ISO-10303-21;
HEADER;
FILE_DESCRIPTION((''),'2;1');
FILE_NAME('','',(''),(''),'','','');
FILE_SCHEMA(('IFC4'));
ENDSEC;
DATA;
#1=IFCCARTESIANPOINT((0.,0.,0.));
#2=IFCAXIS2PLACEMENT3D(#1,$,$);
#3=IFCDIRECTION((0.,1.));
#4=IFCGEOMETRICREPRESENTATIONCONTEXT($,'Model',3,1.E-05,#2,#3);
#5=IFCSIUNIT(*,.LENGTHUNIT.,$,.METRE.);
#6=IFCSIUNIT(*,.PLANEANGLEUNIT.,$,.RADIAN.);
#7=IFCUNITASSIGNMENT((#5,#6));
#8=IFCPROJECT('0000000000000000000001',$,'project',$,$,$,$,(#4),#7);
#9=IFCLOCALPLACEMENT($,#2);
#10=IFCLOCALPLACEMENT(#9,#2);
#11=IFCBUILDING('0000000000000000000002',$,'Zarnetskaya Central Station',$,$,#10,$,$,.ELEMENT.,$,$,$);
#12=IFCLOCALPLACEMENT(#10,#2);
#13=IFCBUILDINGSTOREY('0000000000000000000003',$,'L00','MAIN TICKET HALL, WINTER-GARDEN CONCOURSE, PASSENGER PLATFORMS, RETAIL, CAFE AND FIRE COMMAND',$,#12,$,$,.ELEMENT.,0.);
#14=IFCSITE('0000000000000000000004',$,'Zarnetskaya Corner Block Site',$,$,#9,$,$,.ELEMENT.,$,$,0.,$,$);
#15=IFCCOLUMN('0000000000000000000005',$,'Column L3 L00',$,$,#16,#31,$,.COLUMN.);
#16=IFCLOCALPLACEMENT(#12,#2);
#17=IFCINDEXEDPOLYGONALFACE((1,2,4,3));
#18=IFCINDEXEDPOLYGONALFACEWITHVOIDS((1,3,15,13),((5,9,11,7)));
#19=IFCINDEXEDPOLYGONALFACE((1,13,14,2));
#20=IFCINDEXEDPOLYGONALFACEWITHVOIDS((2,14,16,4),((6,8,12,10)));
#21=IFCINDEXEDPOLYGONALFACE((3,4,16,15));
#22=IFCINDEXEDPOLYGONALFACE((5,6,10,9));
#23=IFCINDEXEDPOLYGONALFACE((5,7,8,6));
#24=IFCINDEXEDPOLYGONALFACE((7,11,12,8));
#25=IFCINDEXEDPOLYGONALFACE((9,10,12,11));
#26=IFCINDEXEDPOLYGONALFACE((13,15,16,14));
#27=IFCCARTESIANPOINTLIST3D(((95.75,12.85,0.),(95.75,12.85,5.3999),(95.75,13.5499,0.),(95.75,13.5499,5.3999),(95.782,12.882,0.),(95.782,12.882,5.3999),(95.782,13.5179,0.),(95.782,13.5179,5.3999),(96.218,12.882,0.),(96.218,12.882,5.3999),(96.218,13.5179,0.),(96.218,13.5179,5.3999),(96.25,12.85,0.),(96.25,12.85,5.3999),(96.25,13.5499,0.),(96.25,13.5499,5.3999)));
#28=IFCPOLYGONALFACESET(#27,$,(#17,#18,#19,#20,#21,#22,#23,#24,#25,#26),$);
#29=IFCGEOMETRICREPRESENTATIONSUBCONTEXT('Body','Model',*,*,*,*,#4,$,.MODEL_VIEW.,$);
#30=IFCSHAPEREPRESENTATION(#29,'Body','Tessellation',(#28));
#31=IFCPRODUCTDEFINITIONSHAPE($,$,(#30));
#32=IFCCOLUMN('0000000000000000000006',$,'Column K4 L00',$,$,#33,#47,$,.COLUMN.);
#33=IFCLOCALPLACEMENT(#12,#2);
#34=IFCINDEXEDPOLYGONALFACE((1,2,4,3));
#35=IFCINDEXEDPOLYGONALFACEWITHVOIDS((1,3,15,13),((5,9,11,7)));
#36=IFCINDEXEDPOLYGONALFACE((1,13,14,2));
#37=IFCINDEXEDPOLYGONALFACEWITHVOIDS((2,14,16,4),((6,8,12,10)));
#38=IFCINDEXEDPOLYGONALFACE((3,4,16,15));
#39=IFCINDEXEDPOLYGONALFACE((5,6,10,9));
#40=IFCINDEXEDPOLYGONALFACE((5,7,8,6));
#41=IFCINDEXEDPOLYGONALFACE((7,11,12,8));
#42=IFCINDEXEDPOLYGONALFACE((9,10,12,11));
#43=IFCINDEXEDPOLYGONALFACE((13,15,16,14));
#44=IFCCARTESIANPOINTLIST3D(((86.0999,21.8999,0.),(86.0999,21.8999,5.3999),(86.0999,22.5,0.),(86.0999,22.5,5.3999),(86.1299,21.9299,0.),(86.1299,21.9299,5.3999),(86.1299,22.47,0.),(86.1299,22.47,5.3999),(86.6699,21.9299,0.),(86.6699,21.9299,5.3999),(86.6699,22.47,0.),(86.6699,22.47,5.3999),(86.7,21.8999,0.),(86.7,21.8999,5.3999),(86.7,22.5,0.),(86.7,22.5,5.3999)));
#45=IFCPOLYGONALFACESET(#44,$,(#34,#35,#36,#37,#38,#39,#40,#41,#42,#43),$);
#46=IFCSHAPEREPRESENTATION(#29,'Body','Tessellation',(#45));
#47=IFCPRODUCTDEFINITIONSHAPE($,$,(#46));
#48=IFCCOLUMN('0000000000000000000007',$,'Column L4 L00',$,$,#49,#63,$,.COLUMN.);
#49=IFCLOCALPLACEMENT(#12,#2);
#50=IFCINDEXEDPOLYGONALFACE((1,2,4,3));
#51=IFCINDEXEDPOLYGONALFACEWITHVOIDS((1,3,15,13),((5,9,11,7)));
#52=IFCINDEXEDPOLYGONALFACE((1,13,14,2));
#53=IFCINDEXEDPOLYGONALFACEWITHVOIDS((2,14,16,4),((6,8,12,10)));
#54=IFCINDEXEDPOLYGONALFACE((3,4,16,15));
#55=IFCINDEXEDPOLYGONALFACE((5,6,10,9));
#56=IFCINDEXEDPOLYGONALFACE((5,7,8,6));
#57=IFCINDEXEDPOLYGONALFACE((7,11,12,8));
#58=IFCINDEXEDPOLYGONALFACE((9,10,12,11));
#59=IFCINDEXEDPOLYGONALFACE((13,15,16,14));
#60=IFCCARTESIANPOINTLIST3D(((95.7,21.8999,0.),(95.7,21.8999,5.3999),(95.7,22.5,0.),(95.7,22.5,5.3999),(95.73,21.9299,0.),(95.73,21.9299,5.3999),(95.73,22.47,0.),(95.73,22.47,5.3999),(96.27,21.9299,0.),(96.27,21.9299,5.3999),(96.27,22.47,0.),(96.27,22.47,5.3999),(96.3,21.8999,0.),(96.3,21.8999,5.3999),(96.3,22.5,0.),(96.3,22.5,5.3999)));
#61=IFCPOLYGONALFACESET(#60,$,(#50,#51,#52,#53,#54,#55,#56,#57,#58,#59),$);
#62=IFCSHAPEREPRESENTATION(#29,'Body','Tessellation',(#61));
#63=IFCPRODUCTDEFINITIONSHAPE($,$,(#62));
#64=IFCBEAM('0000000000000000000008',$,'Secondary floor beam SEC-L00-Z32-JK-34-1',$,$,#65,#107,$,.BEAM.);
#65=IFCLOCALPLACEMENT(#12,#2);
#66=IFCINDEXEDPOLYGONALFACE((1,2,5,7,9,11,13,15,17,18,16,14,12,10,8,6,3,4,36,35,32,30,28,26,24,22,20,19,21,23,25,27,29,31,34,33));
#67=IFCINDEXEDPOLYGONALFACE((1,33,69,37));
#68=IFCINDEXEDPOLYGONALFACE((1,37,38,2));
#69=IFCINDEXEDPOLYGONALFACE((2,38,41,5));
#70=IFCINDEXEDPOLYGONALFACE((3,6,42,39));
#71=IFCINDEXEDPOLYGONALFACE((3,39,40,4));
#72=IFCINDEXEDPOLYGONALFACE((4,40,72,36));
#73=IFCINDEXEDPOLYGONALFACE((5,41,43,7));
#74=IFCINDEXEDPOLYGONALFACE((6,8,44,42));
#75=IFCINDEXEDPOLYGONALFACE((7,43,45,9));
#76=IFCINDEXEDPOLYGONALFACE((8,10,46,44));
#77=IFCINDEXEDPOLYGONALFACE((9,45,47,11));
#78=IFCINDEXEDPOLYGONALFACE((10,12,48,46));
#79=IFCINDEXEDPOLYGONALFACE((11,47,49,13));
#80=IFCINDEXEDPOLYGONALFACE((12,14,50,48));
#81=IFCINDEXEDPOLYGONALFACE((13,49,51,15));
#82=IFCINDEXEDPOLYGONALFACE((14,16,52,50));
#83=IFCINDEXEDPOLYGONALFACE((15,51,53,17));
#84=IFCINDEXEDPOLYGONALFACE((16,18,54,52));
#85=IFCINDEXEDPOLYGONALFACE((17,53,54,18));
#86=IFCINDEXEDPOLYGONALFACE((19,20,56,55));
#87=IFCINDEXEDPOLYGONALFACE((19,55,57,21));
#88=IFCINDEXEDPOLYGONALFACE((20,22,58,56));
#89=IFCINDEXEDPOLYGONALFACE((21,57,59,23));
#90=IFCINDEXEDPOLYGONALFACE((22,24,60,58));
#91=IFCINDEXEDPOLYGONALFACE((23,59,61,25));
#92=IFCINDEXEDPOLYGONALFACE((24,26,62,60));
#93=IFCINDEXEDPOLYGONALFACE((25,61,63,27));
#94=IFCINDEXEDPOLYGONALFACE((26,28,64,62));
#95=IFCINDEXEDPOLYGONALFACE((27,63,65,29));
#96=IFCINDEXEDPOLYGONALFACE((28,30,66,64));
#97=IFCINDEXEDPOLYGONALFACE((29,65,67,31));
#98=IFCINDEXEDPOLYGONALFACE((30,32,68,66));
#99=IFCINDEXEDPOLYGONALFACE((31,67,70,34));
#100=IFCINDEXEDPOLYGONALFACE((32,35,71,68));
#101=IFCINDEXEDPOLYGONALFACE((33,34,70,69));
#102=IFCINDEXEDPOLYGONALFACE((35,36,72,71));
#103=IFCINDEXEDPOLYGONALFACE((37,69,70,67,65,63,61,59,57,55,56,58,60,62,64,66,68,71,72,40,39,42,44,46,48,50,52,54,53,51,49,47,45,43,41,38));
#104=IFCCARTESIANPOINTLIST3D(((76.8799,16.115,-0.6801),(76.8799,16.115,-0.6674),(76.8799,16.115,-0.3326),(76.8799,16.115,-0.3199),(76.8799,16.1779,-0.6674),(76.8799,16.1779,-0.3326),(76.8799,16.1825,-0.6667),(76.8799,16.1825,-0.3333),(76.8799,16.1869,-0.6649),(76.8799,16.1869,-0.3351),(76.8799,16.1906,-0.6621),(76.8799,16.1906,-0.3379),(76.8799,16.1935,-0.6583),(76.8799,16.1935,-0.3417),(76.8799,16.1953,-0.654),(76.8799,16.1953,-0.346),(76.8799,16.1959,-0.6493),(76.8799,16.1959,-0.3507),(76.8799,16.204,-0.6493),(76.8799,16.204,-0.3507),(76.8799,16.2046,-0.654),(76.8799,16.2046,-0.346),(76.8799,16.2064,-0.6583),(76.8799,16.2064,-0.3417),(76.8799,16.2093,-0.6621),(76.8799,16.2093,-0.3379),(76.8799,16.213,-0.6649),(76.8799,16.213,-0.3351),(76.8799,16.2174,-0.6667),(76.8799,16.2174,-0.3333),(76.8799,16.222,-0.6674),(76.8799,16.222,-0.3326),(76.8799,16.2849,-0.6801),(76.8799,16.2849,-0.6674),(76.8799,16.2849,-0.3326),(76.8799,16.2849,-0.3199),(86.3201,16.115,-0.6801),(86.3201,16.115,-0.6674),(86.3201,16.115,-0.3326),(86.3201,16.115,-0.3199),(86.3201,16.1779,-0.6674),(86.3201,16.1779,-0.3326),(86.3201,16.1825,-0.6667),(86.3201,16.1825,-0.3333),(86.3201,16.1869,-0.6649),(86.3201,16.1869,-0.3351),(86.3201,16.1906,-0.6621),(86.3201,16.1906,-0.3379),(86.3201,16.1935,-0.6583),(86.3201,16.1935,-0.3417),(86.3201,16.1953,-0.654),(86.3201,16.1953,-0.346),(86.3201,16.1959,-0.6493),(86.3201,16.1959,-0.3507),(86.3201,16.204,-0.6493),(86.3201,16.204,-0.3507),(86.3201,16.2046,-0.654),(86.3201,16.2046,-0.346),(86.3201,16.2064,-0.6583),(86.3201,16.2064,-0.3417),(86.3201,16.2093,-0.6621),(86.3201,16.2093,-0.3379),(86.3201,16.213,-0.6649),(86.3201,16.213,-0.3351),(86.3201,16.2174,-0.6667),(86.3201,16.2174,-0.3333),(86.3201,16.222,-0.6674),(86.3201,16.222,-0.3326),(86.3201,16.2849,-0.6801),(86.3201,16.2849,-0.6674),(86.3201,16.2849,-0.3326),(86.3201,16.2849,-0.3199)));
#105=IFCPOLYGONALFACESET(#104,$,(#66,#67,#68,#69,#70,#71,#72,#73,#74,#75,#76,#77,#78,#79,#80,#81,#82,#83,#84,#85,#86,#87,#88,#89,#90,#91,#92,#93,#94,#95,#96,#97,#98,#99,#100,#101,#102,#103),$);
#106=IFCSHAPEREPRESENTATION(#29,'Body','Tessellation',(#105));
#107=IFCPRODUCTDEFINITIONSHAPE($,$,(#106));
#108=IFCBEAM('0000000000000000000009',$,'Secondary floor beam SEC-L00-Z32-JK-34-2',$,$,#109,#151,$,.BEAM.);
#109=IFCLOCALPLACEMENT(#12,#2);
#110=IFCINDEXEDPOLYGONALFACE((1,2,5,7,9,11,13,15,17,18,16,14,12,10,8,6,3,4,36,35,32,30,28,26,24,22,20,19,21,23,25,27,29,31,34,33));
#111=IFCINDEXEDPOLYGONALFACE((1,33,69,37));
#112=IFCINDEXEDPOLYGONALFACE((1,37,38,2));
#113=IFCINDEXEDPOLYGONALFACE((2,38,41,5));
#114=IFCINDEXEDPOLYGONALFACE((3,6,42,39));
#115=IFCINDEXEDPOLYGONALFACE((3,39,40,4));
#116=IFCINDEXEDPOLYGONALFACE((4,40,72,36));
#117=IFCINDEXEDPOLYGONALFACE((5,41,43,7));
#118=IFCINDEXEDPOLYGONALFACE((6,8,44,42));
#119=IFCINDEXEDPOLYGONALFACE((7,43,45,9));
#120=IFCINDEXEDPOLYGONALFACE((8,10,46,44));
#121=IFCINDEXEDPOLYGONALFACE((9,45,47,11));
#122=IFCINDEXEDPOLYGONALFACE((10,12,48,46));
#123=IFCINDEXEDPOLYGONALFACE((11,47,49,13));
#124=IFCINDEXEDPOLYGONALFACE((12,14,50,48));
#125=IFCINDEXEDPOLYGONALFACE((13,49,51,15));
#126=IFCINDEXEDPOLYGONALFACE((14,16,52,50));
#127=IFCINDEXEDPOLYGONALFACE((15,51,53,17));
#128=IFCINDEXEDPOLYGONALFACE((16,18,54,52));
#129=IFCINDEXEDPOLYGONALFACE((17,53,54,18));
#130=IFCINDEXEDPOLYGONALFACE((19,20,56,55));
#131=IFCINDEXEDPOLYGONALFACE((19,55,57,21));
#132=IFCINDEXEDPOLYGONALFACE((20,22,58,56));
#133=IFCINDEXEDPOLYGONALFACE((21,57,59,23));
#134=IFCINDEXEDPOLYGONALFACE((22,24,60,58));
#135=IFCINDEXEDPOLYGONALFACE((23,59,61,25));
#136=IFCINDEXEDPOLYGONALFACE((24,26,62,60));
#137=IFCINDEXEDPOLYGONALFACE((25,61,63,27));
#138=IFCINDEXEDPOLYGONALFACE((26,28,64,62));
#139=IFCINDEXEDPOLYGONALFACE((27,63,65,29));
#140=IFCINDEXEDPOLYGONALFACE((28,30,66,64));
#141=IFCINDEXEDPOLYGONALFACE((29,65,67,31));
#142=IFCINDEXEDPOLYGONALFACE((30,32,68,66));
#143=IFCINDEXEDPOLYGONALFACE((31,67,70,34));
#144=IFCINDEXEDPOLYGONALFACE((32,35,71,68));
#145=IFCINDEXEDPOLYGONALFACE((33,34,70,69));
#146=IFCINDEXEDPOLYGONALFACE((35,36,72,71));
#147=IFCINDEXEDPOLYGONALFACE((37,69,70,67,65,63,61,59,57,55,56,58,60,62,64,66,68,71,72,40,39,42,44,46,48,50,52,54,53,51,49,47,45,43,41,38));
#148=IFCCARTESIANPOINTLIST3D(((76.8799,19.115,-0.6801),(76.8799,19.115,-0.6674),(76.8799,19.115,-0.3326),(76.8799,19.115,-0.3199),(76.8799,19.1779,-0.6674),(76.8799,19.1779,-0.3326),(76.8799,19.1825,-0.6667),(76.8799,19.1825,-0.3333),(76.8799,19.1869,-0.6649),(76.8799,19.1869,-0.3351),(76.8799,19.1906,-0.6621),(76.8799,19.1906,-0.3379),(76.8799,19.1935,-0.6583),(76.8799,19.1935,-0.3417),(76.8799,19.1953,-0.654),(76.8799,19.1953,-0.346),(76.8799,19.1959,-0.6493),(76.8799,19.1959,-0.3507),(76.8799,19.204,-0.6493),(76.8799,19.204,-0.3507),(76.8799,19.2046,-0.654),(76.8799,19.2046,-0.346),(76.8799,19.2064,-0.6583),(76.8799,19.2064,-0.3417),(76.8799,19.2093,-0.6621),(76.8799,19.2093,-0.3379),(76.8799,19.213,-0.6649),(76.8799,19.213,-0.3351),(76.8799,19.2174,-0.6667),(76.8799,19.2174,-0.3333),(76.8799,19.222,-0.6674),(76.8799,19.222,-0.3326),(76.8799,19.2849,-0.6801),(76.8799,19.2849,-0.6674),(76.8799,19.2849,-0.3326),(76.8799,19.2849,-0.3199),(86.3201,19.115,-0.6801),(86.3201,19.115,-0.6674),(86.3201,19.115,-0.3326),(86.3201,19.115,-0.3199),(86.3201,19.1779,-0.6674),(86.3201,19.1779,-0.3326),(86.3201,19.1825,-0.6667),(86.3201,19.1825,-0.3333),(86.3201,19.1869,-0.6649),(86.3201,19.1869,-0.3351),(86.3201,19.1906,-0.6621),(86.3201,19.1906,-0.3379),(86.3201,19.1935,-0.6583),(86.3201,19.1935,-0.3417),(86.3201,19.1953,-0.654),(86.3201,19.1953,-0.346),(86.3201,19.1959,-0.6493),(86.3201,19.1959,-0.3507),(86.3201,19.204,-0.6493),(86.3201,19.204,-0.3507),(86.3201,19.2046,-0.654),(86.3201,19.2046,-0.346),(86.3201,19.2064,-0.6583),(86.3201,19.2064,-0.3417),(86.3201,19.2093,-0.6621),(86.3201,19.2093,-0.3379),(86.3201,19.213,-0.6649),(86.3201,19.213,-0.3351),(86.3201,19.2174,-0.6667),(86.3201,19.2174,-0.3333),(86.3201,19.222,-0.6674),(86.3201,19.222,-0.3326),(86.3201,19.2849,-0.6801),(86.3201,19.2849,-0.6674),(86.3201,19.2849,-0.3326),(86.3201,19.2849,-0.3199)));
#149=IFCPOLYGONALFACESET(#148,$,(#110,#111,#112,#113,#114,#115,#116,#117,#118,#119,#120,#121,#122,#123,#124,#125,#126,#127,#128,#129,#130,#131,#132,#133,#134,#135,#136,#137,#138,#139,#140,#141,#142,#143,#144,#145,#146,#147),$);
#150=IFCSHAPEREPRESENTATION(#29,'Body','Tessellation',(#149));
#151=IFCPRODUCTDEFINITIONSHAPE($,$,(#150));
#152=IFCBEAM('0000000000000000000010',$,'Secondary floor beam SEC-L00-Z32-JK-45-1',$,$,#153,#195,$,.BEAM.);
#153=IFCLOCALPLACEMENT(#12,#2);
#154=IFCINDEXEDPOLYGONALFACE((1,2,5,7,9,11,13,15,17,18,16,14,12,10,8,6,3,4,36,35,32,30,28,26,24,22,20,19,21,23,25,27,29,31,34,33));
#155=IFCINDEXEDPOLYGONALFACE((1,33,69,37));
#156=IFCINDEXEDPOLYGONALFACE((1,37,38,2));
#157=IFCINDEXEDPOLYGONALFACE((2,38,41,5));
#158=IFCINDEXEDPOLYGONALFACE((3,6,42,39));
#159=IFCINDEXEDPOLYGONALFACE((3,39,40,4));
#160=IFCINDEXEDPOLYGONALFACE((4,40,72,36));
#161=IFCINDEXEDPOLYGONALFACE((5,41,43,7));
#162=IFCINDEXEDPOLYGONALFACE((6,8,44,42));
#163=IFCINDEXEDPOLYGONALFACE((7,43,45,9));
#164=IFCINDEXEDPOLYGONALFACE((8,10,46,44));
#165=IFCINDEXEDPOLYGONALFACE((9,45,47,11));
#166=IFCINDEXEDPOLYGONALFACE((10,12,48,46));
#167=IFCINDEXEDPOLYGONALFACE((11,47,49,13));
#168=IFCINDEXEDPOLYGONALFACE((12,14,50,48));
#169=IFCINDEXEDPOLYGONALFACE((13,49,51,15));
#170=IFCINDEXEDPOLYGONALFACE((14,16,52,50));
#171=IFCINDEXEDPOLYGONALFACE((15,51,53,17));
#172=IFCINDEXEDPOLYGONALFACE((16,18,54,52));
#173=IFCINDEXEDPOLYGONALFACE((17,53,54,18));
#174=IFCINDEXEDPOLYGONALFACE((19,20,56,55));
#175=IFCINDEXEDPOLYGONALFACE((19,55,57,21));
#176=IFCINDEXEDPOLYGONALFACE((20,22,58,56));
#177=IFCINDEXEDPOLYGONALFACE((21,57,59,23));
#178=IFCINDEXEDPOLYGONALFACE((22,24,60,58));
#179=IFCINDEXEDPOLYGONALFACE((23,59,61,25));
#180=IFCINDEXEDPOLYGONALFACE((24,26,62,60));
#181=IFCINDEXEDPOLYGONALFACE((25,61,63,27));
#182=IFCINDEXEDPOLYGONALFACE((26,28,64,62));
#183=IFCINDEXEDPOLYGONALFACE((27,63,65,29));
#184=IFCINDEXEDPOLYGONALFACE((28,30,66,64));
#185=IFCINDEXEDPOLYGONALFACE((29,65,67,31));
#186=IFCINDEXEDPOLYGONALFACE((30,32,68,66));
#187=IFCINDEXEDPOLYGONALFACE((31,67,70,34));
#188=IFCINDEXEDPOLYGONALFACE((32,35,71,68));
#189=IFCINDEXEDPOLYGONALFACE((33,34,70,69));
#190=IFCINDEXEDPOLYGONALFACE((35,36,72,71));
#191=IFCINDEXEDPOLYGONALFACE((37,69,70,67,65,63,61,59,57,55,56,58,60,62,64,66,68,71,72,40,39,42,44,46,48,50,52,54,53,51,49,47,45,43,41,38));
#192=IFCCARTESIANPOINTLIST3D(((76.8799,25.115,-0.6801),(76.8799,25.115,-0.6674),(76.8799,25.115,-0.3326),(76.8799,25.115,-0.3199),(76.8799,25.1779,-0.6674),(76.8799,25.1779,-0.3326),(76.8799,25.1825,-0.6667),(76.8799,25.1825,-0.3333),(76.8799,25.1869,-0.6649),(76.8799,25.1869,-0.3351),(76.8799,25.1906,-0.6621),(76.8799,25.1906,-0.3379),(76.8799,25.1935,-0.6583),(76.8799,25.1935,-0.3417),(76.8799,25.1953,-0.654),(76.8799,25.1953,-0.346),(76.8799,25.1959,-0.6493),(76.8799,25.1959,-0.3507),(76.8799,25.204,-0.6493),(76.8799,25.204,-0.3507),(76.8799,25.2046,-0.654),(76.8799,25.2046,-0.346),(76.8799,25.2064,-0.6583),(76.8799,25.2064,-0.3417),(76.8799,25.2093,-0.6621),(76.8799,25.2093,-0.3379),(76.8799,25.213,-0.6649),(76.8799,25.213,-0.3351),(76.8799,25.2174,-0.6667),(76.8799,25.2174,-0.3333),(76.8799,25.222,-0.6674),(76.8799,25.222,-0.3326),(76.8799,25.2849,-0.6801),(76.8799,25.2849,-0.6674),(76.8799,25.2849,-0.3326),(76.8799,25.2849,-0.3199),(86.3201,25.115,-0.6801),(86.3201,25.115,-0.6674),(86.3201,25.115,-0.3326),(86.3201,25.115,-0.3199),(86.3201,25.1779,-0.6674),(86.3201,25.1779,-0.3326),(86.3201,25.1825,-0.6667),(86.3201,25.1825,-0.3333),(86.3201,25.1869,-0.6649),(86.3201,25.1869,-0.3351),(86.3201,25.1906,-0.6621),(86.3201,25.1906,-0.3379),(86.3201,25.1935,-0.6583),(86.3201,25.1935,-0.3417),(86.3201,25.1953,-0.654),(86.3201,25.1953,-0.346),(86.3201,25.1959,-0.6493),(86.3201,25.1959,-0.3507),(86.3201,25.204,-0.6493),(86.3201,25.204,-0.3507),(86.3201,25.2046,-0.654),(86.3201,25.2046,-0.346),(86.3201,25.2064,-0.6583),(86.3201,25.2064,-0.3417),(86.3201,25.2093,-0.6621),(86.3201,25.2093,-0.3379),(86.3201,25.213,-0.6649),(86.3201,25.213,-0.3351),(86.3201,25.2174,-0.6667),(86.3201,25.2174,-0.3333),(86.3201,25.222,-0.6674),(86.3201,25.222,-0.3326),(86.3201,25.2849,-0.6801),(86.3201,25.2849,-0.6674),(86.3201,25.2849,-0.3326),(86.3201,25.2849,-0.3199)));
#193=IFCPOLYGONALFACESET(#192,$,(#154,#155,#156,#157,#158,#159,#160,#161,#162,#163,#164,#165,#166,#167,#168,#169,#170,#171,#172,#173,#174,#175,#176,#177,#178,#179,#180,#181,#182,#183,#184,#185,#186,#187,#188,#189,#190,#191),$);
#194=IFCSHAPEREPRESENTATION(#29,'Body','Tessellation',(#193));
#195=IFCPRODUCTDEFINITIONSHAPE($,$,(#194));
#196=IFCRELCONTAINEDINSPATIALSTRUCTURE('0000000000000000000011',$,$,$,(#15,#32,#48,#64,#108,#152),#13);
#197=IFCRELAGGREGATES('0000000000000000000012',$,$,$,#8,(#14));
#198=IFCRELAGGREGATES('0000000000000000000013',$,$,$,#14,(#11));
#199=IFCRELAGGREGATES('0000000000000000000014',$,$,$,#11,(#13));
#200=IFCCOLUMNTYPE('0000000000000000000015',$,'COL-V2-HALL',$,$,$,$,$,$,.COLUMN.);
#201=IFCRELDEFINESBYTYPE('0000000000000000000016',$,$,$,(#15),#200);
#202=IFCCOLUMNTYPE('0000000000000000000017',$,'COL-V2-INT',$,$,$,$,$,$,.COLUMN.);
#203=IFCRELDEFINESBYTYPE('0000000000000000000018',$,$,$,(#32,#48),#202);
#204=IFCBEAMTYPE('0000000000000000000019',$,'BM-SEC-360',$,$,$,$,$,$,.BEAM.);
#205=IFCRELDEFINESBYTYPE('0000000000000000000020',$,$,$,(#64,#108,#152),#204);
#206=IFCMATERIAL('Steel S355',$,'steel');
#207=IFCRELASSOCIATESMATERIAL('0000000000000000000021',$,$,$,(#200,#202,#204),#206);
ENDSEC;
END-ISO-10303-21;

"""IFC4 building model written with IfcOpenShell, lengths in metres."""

from ifc_helpers import new_model, si_unit, direction, frame, origin, origin_2d, place, context, subcontext, project, spatial, hollow_rectangle, i_section, extrude, material, material_profile, profile_set, type_object, element, save


model = new_model("IFC4")

# Units and contexts
model_context = context("Model", 3, precision=1e-05, world=origin(), true_north=direction((0.0, 1.0)))
body_context = subcontext(model_context, "Body", "Model", "MODEL_VIEW")
ifc_project = project(units=[si_unit("LENGTHUNIT", "METRE"), si_unit("PLANEANGLEUNIT", "RADIAN")], contexts=[model_context])

# Site, building, storey
site_placement = place(None, origin())
site = spatial("IfcSite", under=ifc_project, at=site_placement, Name="Zarnetskaya Corner Block Site", CompositionType="ELEMENT", RefElevation=0.0)
building_placement = place(site_placement, origin())
building = spatial("IfcBuilding", under=site, at=building_placement, Name="Zarnetskaya Central Station", CompositionType="ELEMENT")
storey_placement = place(building_placement, origin())
storey = spatial("IfcBuildingStorey", under=building, at=storey_placement, Name="L00", Description="MAIN TICKET HALL, WINTER-GARDEN CONCOURSE, PASSENGER PLATFORMS, RETAIL, CAFE AND FIRE COMMAND", CompositionType="ELEMENT", Elevation=0.0)

# Columns
ifc_material_1 = material(Name="Steel S355", Category="steel")
ifc_material_profile_1 = material_profile(ifc_material_1, hollow_rectangle(XDim=0.5, YDim=0.7, WallThickness=0.032, at=origin_2d()), Name="BOX 700x500x32")
ifc_profile_set_1 = profile_set([ifc_material_profile_1], Name="Steel S355")
column_type_1 = type_object("IfcColumnType", Name="COL-V2-HALL", PredefinedType="COLUMN", material=ifc_profile_set_1)
column_placement = place(storey_placement, frame((96.0, 13.2, 0.0), z_axis=(0.0, 0.0, 1.0), x_axis=(1.0, 0.0, 0.0)))
element("IfcColumn", 1, at=column_placement, inside=storey, type_object=column_type_1, Name="Column L3 L00", PredefinedType="COLUMN", context=body_context, shape_type="SweptSolid", body=[
    extrude(hollow_rectangle(XDim=0.5, YDim=0.7, WallThickness=0.032, at=origin_2d()), origin(), (0.0, 0.0, 1.0), 5.3999),
])
ifc_material_profile_2 = material_profile(ifc_material_1, hollow_rectangle(XDim=0.6001, YDim=0.6001, WallThickness=0.03, at=origin_2d()), Name="BOX 600x600x30")
ifc_profile_set_2 = profile_set([ifc_material_profile_2], Name="Steel S355")
column_type_2 = type_object("IfcColumnType", Name="COL-V2-INT", PredefinedType="COLUMN", material=ifc_profile_set_2)
for number, where, z_axis, x_axis, name in (
    (2, (86.3999, 22.2, 0.0), (0.0, 0.0, 1.0), (1.0, 0.0, 0.0), "Column K4 L00"),
    (3, (96.0, 22.2, 0.0), (0.0, 0.0, 1.0), (1.0, 0.0, 0.0), "Column L4 L00"),
):
    element("IfcColumn", number, at=place(storey_placement, frame(where, z_axis=z_axis, x_axis=x_axis)), inside=storey, type_object=column_type_2, Name=name, PredefinedType="COLUMN", context=body_context, shape_type="SweptSolid", body=[
        extrude(hollow_rectangle(XDim=0.6001, YDim=0.6001, WallThickness=0.03, at=origin_2d()), origin(), (0.0, 0.0, 1.0), 5.3999),
    ])

# Beams
ifc_material_profile_3 = material_profile(ifc_material_1, i_section(OverallWidth=0.1699, OverallDepth=0.3601, WebThickness=0.0081, FlangeThickness=0.0127, FilletRadius=0.0181, at=origin_2d()), Name="IPE 360")
ifc_profile_set_3 = profile_set([ifc_material_profile_3], Name="Steel S355")
beam_type_1 = type_object("IfcBeamType", Name="BM-SEC-360", PredefinedType="BEAM", material=ifc_profile_set_3)
for number, where, z_axis, x_axis, name in (
    (4, (76.8799, 16.2, -0.5), (1.0, 0.0, 0.0), (0.0, 1.0, 0.0), "Secondary floor beam SEC-L00-Z32-JK-34-1"),
    (5, (76.8799, 19.2, -0.5), (1.0, 0.0, 0.0), (0.0, 1.0, 0.0), "Secondary floor beam SEC-L00-Z32-JK-34-2"),
    (6, (76.8799, 25.2, -0.5), (1.0, 0.0, 0.0), (0.0, 1.0, 0.0), "Secondary floor beam SEC-L00-Z32-JK-45-1"),
):
    element("IfcBeam", number, at=place(storey_placement, frame(where, z_axis=z_axis, x_axis=x_axis)), inside=storey, type_object=beam_type_1, Name=name, PredefinedType="BEAM", context=body_context, shape_type="SweptSolid", body=[
        extrude(i_section(OverallWidth=0.1699, OverallDepth=0.3601, WebThickness=0.0081, FlangeThickness=0.0127, FilletRadius=0.0181, at=origin_2d()), origin(), (0.0, 0.0, 1.0), 9.4402),
    ])

save(model, "model.ifc")
